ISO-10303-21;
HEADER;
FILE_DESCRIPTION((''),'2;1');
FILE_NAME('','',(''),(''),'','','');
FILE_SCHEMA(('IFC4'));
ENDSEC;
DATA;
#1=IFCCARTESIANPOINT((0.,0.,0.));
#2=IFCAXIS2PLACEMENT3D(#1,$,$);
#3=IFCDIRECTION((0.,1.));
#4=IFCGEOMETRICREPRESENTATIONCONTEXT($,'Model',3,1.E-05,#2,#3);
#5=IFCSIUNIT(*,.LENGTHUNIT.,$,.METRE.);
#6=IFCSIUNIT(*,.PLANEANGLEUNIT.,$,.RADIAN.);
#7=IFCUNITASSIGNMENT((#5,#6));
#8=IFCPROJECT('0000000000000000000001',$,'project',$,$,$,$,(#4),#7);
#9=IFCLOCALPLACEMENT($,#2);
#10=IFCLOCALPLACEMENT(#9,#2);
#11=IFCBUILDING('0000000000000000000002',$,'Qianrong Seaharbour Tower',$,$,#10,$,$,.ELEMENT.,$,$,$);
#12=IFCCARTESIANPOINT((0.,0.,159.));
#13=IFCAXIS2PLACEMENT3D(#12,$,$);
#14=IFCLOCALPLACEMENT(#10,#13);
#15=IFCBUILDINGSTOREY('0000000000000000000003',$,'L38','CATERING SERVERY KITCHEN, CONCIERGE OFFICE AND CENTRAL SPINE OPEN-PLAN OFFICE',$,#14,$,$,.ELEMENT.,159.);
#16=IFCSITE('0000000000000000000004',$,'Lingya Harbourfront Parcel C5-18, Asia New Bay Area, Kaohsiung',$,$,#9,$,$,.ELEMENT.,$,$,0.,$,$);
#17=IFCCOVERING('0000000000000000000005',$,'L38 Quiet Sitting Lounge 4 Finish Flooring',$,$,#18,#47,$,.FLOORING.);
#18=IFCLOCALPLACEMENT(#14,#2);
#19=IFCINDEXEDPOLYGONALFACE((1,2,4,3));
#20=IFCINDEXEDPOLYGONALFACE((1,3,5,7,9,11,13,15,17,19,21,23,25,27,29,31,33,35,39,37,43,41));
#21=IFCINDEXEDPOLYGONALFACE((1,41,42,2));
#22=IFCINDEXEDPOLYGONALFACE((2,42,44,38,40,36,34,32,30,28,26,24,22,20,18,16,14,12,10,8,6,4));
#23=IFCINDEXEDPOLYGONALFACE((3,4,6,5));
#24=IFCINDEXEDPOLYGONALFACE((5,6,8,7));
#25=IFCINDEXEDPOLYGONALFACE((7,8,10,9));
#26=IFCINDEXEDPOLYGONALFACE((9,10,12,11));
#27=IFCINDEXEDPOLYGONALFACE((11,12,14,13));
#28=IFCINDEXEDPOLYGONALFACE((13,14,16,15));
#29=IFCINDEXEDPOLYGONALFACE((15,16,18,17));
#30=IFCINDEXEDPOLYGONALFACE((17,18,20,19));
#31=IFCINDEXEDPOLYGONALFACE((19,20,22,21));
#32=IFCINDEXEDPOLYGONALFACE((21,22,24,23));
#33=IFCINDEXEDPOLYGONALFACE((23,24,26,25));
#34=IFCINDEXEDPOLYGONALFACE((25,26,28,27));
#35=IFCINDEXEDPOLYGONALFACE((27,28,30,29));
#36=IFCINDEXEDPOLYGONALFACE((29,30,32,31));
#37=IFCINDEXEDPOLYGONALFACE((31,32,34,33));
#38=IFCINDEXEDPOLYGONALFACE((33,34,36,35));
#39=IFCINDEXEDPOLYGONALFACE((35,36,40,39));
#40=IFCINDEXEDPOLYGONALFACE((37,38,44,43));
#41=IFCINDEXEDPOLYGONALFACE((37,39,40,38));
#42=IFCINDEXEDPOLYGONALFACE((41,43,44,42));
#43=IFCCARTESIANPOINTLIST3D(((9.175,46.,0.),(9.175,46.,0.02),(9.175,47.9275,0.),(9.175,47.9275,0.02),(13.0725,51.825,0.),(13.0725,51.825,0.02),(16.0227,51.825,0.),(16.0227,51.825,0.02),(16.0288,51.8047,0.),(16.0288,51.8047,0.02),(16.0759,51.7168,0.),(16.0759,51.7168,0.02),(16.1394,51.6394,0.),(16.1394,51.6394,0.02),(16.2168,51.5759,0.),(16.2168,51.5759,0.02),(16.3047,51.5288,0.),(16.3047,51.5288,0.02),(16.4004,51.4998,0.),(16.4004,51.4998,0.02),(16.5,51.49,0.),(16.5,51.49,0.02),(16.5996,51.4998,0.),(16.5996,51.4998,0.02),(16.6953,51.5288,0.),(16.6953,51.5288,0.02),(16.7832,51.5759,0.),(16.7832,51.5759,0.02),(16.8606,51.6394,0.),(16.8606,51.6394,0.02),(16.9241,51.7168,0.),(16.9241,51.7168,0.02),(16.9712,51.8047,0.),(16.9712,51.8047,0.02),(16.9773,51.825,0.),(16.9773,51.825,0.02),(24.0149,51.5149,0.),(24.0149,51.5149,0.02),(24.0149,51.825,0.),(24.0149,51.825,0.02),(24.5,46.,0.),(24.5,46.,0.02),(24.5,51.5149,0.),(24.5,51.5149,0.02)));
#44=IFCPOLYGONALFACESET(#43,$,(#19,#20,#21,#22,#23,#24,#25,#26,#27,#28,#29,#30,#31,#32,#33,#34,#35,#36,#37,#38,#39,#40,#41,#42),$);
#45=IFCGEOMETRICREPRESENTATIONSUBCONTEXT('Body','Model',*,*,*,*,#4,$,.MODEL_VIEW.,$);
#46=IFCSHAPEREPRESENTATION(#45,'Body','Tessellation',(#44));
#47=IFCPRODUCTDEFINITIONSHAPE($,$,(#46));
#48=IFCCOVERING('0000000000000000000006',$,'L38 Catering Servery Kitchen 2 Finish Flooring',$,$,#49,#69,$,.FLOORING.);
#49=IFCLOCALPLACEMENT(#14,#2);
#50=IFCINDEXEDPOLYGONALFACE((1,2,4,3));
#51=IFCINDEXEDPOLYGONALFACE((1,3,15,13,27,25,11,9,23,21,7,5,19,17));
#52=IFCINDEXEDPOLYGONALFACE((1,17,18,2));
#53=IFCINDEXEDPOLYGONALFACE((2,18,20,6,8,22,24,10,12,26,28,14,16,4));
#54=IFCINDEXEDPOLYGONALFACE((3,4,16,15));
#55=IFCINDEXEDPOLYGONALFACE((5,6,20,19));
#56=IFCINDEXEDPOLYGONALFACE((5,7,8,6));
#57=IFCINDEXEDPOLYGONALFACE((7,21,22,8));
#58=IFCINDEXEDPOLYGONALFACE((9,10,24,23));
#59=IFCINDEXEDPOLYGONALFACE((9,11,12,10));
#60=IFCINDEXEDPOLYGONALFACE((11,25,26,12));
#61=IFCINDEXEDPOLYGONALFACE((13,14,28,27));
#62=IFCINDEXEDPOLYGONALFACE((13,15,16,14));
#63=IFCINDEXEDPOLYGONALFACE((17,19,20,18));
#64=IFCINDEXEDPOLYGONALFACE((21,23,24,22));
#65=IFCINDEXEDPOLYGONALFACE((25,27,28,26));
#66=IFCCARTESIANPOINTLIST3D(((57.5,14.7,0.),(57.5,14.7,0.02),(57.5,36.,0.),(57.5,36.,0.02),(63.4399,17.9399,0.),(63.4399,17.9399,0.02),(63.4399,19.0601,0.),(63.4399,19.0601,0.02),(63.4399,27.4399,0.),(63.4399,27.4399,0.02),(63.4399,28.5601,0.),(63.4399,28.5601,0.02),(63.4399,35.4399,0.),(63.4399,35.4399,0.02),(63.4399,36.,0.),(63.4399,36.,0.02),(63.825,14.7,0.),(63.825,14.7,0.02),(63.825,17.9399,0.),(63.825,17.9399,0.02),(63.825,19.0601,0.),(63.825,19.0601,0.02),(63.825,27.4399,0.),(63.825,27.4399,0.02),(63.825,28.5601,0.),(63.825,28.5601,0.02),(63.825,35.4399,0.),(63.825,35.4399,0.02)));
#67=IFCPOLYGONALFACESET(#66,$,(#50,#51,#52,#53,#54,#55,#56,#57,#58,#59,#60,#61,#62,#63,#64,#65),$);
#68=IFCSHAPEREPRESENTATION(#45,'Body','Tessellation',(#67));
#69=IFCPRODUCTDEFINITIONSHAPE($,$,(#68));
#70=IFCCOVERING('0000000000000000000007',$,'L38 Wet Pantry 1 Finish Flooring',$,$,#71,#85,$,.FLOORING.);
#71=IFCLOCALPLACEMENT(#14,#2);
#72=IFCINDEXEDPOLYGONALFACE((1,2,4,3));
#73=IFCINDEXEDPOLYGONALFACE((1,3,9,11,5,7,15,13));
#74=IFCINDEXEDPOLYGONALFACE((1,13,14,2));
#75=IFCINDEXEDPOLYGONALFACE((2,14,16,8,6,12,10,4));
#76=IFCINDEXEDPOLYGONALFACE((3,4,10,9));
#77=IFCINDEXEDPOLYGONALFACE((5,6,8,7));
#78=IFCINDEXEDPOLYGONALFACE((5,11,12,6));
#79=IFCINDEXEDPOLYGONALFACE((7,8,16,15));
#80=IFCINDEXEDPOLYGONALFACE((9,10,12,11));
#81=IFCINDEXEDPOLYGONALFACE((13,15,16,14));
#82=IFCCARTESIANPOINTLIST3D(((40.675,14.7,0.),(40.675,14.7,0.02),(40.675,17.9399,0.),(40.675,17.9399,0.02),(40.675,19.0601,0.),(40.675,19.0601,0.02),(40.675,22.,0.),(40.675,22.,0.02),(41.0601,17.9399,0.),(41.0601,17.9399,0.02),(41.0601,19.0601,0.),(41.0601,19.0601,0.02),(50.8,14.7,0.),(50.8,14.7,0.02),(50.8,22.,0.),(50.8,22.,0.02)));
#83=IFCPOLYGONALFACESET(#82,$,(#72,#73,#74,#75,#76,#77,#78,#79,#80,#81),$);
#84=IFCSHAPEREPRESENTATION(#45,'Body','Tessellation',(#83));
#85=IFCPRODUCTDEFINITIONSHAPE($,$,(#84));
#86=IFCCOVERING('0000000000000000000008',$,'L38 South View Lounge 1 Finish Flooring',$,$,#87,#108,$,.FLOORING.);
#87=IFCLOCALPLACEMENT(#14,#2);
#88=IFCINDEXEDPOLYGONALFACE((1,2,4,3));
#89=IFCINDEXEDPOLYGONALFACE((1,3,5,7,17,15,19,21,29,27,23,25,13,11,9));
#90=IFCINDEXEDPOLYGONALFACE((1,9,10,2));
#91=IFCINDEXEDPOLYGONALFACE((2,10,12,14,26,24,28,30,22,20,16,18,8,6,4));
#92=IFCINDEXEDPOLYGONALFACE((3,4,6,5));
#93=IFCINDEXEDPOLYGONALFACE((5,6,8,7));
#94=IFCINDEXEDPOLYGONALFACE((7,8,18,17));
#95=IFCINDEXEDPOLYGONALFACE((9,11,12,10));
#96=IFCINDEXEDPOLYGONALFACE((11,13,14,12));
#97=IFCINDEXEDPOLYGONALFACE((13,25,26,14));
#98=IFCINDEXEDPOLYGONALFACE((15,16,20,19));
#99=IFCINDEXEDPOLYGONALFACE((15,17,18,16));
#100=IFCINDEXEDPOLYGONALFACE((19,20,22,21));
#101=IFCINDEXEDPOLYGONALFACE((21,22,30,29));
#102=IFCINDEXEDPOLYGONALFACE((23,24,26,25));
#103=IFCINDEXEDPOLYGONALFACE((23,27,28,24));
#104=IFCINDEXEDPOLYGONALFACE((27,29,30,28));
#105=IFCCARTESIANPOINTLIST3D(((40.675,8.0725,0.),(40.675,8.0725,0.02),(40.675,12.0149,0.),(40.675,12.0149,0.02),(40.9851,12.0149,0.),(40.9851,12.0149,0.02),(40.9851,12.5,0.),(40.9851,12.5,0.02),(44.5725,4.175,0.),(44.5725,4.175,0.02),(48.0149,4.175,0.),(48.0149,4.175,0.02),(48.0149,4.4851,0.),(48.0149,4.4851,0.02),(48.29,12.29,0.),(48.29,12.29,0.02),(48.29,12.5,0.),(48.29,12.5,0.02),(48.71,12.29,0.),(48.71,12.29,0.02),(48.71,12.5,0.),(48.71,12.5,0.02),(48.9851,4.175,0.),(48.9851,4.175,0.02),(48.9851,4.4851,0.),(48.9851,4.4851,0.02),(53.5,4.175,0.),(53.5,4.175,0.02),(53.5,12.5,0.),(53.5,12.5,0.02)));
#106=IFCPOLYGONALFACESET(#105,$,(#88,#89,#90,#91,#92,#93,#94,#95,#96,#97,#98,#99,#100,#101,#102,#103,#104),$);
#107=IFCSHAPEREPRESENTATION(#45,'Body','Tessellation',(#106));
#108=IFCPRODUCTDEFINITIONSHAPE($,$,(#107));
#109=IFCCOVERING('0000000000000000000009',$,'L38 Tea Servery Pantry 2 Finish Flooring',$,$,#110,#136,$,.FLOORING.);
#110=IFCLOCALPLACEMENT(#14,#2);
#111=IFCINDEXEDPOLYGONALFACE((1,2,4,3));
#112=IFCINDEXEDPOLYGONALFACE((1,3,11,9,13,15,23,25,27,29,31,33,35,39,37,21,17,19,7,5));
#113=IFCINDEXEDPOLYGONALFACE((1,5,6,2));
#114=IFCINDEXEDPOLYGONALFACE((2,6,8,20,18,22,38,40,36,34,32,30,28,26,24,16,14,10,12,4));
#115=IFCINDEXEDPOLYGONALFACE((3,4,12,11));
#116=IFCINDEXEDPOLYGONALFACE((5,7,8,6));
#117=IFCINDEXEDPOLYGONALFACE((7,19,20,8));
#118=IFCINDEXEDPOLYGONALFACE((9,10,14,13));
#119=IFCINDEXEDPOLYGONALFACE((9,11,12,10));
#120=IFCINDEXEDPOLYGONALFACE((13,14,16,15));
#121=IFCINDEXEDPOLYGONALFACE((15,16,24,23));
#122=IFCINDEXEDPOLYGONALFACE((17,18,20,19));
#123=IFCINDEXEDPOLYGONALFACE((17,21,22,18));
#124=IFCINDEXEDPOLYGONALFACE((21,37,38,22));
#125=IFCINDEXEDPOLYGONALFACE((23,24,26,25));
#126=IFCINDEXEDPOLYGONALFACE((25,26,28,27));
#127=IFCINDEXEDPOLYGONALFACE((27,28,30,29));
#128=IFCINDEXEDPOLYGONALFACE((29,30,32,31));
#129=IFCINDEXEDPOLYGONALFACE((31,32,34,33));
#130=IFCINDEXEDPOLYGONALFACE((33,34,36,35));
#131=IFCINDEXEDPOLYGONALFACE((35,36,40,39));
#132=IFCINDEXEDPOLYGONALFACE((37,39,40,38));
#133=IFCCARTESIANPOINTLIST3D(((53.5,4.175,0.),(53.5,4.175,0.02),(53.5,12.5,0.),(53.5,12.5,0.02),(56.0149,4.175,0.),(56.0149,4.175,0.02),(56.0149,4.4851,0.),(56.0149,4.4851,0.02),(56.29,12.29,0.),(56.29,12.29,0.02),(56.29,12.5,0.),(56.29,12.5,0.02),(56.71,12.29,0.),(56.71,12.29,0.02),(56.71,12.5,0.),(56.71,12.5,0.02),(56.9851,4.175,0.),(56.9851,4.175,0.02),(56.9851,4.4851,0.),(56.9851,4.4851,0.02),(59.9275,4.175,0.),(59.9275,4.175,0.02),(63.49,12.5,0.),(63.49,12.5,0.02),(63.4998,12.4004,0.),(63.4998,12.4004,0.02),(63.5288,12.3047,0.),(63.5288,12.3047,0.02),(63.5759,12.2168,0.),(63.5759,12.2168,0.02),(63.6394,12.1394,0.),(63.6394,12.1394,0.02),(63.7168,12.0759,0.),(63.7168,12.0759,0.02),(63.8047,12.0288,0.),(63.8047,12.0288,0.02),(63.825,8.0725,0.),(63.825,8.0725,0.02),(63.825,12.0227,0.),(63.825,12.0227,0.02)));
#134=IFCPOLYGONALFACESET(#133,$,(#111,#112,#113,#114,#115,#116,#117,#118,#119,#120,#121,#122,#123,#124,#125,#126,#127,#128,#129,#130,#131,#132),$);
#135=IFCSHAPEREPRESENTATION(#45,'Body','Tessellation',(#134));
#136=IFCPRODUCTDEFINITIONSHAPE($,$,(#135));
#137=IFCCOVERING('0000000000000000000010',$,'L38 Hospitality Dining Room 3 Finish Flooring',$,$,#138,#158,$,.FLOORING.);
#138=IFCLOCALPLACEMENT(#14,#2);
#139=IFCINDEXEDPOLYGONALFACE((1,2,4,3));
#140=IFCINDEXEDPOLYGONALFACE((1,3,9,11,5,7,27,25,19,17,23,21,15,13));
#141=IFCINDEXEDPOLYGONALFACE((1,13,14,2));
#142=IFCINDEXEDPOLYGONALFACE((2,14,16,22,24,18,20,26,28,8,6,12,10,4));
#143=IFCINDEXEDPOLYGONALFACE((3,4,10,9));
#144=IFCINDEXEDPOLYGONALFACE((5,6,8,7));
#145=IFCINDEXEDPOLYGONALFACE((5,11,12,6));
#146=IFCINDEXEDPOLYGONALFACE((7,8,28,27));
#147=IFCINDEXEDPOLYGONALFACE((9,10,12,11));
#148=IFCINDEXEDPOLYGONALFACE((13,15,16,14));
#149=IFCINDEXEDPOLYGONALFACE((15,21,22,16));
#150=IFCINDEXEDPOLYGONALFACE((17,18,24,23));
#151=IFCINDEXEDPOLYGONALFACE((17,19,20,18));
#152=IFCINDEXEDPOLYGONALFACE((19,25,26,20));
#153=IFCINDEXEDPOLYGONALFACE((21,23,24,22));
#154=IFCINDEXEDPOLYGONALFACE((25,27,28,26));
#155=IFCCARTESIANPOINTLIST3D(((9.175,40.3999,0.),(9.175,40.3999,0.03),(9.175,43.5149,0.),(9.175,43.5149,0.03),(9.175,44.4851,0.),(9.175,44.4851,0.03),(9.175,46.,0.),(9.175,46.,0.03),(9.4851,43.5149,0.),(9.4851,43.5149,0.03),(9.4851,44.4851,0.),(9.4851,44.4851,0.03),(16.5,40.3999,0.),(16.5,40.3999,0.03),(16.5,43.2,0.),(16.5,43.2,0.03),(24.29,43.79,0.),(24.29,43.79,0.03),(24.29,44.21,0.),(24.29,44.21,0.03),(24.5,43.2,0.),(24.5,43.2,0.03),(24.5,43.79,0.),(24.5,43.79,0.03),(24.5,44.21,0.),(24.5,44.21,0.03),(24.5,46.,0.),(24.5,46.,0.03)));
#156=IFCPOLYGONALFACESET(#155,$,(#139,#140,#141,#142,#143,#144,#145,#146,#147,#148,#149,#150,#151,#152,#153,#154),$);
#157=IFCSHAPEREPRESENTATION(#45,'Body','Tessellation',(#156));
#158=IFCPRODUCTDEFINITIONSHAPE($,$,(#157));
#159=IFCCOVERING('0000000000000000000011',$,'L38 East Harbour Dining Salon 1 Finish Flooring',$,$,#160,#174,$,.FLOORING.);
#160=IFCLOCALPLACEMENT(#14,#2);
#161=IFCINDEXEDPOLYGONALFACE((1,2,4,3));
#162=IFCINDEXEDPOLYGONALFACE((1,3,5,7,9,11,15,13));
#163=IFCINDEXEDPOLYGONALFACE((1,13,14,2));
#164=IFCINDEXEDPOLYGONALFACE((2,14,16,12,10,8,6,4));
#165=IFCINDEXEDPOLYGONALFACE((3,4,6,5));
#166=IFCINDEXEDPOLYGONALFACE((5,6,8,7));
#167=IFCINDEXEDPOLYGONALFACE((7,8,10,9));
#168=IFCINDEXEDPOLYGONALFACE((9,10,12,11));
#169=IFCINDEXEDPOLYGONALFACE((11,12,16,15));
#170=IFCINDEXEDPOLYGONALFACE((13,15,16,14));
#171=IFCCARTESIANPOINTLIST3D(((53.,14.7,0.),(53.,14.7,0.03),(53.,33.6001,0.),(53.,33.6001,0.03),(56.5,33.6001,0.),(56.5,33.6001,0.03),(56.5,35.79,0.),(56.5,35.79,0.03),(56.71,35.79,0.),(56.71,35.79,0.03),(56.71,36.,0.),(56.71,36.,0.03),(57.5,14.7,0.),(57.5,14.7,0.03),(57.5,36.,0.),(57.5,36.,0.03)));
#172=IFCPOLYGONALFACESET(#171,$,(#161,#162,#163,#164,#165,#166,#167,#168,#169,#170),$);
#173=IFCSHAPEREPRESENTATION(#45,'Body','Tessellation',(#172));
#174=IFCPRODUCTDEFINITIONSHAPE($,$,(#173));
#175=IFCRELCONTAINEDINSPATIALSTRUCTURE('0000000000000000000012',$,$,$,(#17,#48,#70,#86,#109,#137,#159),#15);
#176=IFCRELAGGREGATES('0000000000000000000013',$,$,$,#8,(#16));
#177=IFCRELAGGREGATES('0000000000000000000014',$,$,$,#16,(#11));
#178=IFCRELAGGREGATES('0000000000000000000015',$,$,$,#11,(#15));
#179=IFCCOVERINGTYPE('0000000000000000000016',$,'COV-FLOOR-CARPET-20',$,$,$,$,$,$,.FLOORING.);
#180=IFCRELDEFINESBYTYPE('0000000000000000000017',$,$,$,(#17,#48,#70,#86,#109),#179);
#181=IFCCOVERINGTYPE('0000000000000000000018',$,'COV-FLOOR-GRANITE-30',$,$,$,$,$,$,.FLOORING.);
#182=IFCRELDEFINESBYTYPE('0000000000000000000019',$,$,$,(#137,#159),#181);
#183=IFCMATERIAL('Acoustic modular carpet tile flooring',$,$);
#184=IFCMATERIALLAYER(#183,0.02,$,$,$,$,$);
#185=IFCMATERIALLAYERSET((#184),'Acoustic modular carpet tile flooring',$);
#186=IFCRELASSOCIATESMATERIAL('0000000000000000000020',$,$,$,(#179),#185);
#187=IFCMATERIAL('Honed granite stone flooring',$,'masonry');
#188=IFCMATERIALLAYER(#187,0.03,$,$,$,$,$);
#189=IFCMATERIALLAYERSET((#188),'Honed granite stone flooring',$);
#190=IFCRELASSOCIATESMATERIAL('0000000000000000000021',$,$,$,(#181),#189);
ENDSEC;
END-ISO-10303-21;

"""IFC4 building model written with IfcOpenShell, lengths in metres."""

from ifc_helpers import new_model, si_unit, direction, frame, origin, place, context, subcontext, project, spatial, polyline, outline, extrude, material, layer, layer_set, type_object, element, save


model = new_model("IFC4")

# Units and contexts
model_context = context("Model", 3, precision=1e-05, world=origin(), true_north=direction((0.0, 1.0)))
body_context = subcontext(model_context, "Body", "Model", "MODEL_VIEW")
ifc_project = project(units=[si_unit("LENGTHUNIT", "METRE"), si_unit("PLANEANGLEUNIT", "RADIAN")], contexts=[model_context])

# Site, building, storey
site_placement = place(None, origin())
site = spatial("IfcSite", under=ifc_project, at=site_placement, Name="Lingya Harbourfront Parcel C5-18, Asia New Bay Area, Kaohsiung", CompositionType="ELEMENT", RefElevation=0.0)
building_placement = place(site_placement, origin())
building = spatial("IfcBuilding", under=site, at=building_placement, Name="Qianrong Seaharbour Tower", CompositionType="ELEMENT")
storey_placement = place(building_placement, frame((0.0, 0.0, 159.0)))
storey = spatial("IfcBuildingStorey", under=building, at=storey_placement, Name="L38", Description="CATERING SERVERY KITCHEN, CONCIERGE OFFICE AND CENTRAL SPINE OPEN-PLAN OFFICE", CompositionType="ELEMENT", Elevation=159.0)

# Coverings
ifc_material_1 = material(Name="Acoustic modular carpet tile flooring")
ifc_layer_1 = layer(ifc_material_1, 0.02)
ifc_layer_set_1 = layer_set([ifc_layer_1], Name="Acoustic modular carpet tile flooring")
covering_type_1 = type_object("IfcCoveringType", Name="COV-FLOOR-CARPET-20", PredefinedType="FLOORING", material=ifc_layer_set_1)
covering_1_placement = place(storey_placement, origin())
element("IfcCovering", 1, at=covering_1_placement, inside=storey, type_object=covering_type_1, Name="L38 Quiet Sitting Lounge 4 Finish Flooring", PredefinedType="FLOORING", context=body_context, shape_type="SweptSolid", body=[
    extrude(outline(polyline([(9.175, 47.9275), (13.0725, 51.825), (16.0227, 51.825), (16.0288, 51.8047), (16.0759, 51.7168), (16.1394, 51.6394), (16.2168, 51.5759), (16.3047, 51.5288), (16.4004, 51.4998), (16.5, 51.49), (16.5996, 51.4998), (16.6953, 51.5288), (16.7832, 51.5759), (16.8606, 51.6394), (16.9241, 51.7168), (16.9712, 51.8047), (16.9773, 51.825), (24.0149, 51.825), (24.0149, 51.5149), (24.5, 51.5149), (24.5, 46.0), (9.175, 46.0), (9.175, 47.9275)])), origin(), (0.0, 0.0, 1.0), 0.02),
])
covering_2_placement = place(storey_placement, origin())
element("IfcCovering", 2, at=covering_2_placement, inside=storey, type_object=covering_type_1, Name="L38 Catering Servery Kitchen 2 Finish Flooring", PredefinedType="FLOORING", context=body_context, shape_type="SweptSolid", body=[
    extrude(outline(polyline([(63.4399, 36.0), (63.4399, 35.4399), (63.825, 35.4399), (63.825, 28.5601), (63.4399, 28.5601), (63.4399, 27.4399), (63.825, 27.4399), (63.825, 19.0601), (63.4399, 19.0601), (63.4399, 17.9399), (63.825, 17.9399), (63.825, 14.7), (57.5, 14.7), (57.5, 36.0), (63.4399, 36.0)])), origin(), (0.0, 0.0, 1.0), 0.02),
])
covering_3_placement = place(storey_placement, origin())
element("IfcCovering", 3, at=covering_3_placement, inside=storey, type_object=covering_type_1, Name="L38 Wet Pantry 1 Finish Flooring", PredefinedType="FLOORING", context=body_context, shape_type="SweptSolid", body=[
    extrude(outline(polyline([(40.675, 14.7), (40.675, 17.9399), (41.0601, 17.9399), (41.0601, 19.0601), (40.675, 19.0601), (40.675, 22.0), (50.8, 22.0), (50.8, 14.7), (40.675, 14.7)])), origin(), (0.0, 0.0, 1.0), 0.02),
])
covering_4_placement = place(storey_placement, origin())
element("IfcCovering", 4, at=covering_4_placement, inside=storey, type_object=covering_type_1, Name="L38 South View Lounge 1 Finish Flooring", PredefinedType="FLOORING", context=body_context, shape_type="SweptSolid", body=[
    extrude(outline(polyline([(48.9851, 4.175), (48.9851, 4.4851), (48.0149, 4.4851), (48.0149, 4.175), (44.5725, 4.175), (40.675, 8.0725), (40.675, 12.0149), (40.9851, 12.0149), (40.9851, 12.5), (48.29, 12.5), (48.29, 12.29), (48.71, 12.29), (48.71, 12.5), (53.5, 12.5), (53.5, 4.175), (48.9851, 4.175)])), origin(), (0.0, 0.0, 1.0), 0.02),
])
covering_5_placement = place(storey_placement, origin())
element("IfcCovering", 5, at=covering_5_placement, inside=storey, type_object=covering_type_1, Name="L38 Tea Servery Pantry 2 Finish Flooring", PredefinedType="FLOORING", context=body_context, shape_type="SweptSolid", body=[
    extrude(outline(polyline([(63.825, 8.0725), (59.9275, 4.175), (56.9851, 4.175), (56.9851, 4.4851), (56.0149, 4.4851), (56.0149, 4.175), (53.5, 4.175), (53.5, 12.5), (56.29, 12.5), (56.29, 12.29), (56.71, 12.29), (56.71, 12.5), (63.49, 12.5), (63.4998, 12.4004), (63.5288, 12.3047), (63.5759, 12.2168), (63.6394, 12.1394), (63.7168, 12.0759), (63.8047, 12.0288), (63.825, 12.0227), (63.825, 8.0725)])), origin(), (0.0, 0.0, 1.0), 0.02),
])
ifc_material_2 = material(Name="Honed granite stone flooring", Category="masonry")
ifc_layer_2 = layer(ifc_material_2, 0.03)
ifc_layer_set_2 = layer_set([ifc_layer_2], Name="Honed granite stone flooring")
covering_type_2 = type_object("IfcCoveringType", Name="COV-FLOOR-GRANITE-30", PredefinedType="FLOORING", material=ifc_layer_set_2)
covering_6_placement = place(storey_placement, origin())
element("IfcCovering", 6, at=covering_6_placement, inside=storey, type_object=covering_type_2, Name="L38 Hospitality Dining Room 3 Finish Flooring", PredefinedType="FLOORING", context=body_context, shape_type="SweptSolid", body=[
    extrude(outline(polyline([(16.5, 43.2), (16.5, 40.3999), (9.175, 40.3999), (9.175, 43.5149), (9.4851, 43.5149), (9.4851, 44.4851), (9.175, 44.4851), (9.175, 46.0), (24.5, 46.0), (24.5, 44.21), (24.29, 44.21), (24.29, 43.79), (24.5, 43.79), (24.5, 43.2), (16.5, 43.2)])), origin(), (0.0, 0.0, 1.0), 0.03),
])
covering_7_placement = place(storey_placement, origin())
element("IfcCovering", 7, at=covering_7_placement, inside=storey, type_object=covering_type_2, Name="L38 East Harbour Dining Salon 1 Finish Flooring", PredefinedType="FLOORING", context=body_context, shape_type="SweptSolid", body=[
    extrude(outline(polyline([(56.5, 33.6001), (56.5, 35.79), (56.71, 35.79), (56.71, 36.0), (57.5, 36.0), (57.5, 14.7), (53.0, 14.7), (53.0, 33.6001), (56.5, 33.6001)])), origin(), (0.0, 0.0, 1.0), 0.03),
])

save(model, "model.ifc")
